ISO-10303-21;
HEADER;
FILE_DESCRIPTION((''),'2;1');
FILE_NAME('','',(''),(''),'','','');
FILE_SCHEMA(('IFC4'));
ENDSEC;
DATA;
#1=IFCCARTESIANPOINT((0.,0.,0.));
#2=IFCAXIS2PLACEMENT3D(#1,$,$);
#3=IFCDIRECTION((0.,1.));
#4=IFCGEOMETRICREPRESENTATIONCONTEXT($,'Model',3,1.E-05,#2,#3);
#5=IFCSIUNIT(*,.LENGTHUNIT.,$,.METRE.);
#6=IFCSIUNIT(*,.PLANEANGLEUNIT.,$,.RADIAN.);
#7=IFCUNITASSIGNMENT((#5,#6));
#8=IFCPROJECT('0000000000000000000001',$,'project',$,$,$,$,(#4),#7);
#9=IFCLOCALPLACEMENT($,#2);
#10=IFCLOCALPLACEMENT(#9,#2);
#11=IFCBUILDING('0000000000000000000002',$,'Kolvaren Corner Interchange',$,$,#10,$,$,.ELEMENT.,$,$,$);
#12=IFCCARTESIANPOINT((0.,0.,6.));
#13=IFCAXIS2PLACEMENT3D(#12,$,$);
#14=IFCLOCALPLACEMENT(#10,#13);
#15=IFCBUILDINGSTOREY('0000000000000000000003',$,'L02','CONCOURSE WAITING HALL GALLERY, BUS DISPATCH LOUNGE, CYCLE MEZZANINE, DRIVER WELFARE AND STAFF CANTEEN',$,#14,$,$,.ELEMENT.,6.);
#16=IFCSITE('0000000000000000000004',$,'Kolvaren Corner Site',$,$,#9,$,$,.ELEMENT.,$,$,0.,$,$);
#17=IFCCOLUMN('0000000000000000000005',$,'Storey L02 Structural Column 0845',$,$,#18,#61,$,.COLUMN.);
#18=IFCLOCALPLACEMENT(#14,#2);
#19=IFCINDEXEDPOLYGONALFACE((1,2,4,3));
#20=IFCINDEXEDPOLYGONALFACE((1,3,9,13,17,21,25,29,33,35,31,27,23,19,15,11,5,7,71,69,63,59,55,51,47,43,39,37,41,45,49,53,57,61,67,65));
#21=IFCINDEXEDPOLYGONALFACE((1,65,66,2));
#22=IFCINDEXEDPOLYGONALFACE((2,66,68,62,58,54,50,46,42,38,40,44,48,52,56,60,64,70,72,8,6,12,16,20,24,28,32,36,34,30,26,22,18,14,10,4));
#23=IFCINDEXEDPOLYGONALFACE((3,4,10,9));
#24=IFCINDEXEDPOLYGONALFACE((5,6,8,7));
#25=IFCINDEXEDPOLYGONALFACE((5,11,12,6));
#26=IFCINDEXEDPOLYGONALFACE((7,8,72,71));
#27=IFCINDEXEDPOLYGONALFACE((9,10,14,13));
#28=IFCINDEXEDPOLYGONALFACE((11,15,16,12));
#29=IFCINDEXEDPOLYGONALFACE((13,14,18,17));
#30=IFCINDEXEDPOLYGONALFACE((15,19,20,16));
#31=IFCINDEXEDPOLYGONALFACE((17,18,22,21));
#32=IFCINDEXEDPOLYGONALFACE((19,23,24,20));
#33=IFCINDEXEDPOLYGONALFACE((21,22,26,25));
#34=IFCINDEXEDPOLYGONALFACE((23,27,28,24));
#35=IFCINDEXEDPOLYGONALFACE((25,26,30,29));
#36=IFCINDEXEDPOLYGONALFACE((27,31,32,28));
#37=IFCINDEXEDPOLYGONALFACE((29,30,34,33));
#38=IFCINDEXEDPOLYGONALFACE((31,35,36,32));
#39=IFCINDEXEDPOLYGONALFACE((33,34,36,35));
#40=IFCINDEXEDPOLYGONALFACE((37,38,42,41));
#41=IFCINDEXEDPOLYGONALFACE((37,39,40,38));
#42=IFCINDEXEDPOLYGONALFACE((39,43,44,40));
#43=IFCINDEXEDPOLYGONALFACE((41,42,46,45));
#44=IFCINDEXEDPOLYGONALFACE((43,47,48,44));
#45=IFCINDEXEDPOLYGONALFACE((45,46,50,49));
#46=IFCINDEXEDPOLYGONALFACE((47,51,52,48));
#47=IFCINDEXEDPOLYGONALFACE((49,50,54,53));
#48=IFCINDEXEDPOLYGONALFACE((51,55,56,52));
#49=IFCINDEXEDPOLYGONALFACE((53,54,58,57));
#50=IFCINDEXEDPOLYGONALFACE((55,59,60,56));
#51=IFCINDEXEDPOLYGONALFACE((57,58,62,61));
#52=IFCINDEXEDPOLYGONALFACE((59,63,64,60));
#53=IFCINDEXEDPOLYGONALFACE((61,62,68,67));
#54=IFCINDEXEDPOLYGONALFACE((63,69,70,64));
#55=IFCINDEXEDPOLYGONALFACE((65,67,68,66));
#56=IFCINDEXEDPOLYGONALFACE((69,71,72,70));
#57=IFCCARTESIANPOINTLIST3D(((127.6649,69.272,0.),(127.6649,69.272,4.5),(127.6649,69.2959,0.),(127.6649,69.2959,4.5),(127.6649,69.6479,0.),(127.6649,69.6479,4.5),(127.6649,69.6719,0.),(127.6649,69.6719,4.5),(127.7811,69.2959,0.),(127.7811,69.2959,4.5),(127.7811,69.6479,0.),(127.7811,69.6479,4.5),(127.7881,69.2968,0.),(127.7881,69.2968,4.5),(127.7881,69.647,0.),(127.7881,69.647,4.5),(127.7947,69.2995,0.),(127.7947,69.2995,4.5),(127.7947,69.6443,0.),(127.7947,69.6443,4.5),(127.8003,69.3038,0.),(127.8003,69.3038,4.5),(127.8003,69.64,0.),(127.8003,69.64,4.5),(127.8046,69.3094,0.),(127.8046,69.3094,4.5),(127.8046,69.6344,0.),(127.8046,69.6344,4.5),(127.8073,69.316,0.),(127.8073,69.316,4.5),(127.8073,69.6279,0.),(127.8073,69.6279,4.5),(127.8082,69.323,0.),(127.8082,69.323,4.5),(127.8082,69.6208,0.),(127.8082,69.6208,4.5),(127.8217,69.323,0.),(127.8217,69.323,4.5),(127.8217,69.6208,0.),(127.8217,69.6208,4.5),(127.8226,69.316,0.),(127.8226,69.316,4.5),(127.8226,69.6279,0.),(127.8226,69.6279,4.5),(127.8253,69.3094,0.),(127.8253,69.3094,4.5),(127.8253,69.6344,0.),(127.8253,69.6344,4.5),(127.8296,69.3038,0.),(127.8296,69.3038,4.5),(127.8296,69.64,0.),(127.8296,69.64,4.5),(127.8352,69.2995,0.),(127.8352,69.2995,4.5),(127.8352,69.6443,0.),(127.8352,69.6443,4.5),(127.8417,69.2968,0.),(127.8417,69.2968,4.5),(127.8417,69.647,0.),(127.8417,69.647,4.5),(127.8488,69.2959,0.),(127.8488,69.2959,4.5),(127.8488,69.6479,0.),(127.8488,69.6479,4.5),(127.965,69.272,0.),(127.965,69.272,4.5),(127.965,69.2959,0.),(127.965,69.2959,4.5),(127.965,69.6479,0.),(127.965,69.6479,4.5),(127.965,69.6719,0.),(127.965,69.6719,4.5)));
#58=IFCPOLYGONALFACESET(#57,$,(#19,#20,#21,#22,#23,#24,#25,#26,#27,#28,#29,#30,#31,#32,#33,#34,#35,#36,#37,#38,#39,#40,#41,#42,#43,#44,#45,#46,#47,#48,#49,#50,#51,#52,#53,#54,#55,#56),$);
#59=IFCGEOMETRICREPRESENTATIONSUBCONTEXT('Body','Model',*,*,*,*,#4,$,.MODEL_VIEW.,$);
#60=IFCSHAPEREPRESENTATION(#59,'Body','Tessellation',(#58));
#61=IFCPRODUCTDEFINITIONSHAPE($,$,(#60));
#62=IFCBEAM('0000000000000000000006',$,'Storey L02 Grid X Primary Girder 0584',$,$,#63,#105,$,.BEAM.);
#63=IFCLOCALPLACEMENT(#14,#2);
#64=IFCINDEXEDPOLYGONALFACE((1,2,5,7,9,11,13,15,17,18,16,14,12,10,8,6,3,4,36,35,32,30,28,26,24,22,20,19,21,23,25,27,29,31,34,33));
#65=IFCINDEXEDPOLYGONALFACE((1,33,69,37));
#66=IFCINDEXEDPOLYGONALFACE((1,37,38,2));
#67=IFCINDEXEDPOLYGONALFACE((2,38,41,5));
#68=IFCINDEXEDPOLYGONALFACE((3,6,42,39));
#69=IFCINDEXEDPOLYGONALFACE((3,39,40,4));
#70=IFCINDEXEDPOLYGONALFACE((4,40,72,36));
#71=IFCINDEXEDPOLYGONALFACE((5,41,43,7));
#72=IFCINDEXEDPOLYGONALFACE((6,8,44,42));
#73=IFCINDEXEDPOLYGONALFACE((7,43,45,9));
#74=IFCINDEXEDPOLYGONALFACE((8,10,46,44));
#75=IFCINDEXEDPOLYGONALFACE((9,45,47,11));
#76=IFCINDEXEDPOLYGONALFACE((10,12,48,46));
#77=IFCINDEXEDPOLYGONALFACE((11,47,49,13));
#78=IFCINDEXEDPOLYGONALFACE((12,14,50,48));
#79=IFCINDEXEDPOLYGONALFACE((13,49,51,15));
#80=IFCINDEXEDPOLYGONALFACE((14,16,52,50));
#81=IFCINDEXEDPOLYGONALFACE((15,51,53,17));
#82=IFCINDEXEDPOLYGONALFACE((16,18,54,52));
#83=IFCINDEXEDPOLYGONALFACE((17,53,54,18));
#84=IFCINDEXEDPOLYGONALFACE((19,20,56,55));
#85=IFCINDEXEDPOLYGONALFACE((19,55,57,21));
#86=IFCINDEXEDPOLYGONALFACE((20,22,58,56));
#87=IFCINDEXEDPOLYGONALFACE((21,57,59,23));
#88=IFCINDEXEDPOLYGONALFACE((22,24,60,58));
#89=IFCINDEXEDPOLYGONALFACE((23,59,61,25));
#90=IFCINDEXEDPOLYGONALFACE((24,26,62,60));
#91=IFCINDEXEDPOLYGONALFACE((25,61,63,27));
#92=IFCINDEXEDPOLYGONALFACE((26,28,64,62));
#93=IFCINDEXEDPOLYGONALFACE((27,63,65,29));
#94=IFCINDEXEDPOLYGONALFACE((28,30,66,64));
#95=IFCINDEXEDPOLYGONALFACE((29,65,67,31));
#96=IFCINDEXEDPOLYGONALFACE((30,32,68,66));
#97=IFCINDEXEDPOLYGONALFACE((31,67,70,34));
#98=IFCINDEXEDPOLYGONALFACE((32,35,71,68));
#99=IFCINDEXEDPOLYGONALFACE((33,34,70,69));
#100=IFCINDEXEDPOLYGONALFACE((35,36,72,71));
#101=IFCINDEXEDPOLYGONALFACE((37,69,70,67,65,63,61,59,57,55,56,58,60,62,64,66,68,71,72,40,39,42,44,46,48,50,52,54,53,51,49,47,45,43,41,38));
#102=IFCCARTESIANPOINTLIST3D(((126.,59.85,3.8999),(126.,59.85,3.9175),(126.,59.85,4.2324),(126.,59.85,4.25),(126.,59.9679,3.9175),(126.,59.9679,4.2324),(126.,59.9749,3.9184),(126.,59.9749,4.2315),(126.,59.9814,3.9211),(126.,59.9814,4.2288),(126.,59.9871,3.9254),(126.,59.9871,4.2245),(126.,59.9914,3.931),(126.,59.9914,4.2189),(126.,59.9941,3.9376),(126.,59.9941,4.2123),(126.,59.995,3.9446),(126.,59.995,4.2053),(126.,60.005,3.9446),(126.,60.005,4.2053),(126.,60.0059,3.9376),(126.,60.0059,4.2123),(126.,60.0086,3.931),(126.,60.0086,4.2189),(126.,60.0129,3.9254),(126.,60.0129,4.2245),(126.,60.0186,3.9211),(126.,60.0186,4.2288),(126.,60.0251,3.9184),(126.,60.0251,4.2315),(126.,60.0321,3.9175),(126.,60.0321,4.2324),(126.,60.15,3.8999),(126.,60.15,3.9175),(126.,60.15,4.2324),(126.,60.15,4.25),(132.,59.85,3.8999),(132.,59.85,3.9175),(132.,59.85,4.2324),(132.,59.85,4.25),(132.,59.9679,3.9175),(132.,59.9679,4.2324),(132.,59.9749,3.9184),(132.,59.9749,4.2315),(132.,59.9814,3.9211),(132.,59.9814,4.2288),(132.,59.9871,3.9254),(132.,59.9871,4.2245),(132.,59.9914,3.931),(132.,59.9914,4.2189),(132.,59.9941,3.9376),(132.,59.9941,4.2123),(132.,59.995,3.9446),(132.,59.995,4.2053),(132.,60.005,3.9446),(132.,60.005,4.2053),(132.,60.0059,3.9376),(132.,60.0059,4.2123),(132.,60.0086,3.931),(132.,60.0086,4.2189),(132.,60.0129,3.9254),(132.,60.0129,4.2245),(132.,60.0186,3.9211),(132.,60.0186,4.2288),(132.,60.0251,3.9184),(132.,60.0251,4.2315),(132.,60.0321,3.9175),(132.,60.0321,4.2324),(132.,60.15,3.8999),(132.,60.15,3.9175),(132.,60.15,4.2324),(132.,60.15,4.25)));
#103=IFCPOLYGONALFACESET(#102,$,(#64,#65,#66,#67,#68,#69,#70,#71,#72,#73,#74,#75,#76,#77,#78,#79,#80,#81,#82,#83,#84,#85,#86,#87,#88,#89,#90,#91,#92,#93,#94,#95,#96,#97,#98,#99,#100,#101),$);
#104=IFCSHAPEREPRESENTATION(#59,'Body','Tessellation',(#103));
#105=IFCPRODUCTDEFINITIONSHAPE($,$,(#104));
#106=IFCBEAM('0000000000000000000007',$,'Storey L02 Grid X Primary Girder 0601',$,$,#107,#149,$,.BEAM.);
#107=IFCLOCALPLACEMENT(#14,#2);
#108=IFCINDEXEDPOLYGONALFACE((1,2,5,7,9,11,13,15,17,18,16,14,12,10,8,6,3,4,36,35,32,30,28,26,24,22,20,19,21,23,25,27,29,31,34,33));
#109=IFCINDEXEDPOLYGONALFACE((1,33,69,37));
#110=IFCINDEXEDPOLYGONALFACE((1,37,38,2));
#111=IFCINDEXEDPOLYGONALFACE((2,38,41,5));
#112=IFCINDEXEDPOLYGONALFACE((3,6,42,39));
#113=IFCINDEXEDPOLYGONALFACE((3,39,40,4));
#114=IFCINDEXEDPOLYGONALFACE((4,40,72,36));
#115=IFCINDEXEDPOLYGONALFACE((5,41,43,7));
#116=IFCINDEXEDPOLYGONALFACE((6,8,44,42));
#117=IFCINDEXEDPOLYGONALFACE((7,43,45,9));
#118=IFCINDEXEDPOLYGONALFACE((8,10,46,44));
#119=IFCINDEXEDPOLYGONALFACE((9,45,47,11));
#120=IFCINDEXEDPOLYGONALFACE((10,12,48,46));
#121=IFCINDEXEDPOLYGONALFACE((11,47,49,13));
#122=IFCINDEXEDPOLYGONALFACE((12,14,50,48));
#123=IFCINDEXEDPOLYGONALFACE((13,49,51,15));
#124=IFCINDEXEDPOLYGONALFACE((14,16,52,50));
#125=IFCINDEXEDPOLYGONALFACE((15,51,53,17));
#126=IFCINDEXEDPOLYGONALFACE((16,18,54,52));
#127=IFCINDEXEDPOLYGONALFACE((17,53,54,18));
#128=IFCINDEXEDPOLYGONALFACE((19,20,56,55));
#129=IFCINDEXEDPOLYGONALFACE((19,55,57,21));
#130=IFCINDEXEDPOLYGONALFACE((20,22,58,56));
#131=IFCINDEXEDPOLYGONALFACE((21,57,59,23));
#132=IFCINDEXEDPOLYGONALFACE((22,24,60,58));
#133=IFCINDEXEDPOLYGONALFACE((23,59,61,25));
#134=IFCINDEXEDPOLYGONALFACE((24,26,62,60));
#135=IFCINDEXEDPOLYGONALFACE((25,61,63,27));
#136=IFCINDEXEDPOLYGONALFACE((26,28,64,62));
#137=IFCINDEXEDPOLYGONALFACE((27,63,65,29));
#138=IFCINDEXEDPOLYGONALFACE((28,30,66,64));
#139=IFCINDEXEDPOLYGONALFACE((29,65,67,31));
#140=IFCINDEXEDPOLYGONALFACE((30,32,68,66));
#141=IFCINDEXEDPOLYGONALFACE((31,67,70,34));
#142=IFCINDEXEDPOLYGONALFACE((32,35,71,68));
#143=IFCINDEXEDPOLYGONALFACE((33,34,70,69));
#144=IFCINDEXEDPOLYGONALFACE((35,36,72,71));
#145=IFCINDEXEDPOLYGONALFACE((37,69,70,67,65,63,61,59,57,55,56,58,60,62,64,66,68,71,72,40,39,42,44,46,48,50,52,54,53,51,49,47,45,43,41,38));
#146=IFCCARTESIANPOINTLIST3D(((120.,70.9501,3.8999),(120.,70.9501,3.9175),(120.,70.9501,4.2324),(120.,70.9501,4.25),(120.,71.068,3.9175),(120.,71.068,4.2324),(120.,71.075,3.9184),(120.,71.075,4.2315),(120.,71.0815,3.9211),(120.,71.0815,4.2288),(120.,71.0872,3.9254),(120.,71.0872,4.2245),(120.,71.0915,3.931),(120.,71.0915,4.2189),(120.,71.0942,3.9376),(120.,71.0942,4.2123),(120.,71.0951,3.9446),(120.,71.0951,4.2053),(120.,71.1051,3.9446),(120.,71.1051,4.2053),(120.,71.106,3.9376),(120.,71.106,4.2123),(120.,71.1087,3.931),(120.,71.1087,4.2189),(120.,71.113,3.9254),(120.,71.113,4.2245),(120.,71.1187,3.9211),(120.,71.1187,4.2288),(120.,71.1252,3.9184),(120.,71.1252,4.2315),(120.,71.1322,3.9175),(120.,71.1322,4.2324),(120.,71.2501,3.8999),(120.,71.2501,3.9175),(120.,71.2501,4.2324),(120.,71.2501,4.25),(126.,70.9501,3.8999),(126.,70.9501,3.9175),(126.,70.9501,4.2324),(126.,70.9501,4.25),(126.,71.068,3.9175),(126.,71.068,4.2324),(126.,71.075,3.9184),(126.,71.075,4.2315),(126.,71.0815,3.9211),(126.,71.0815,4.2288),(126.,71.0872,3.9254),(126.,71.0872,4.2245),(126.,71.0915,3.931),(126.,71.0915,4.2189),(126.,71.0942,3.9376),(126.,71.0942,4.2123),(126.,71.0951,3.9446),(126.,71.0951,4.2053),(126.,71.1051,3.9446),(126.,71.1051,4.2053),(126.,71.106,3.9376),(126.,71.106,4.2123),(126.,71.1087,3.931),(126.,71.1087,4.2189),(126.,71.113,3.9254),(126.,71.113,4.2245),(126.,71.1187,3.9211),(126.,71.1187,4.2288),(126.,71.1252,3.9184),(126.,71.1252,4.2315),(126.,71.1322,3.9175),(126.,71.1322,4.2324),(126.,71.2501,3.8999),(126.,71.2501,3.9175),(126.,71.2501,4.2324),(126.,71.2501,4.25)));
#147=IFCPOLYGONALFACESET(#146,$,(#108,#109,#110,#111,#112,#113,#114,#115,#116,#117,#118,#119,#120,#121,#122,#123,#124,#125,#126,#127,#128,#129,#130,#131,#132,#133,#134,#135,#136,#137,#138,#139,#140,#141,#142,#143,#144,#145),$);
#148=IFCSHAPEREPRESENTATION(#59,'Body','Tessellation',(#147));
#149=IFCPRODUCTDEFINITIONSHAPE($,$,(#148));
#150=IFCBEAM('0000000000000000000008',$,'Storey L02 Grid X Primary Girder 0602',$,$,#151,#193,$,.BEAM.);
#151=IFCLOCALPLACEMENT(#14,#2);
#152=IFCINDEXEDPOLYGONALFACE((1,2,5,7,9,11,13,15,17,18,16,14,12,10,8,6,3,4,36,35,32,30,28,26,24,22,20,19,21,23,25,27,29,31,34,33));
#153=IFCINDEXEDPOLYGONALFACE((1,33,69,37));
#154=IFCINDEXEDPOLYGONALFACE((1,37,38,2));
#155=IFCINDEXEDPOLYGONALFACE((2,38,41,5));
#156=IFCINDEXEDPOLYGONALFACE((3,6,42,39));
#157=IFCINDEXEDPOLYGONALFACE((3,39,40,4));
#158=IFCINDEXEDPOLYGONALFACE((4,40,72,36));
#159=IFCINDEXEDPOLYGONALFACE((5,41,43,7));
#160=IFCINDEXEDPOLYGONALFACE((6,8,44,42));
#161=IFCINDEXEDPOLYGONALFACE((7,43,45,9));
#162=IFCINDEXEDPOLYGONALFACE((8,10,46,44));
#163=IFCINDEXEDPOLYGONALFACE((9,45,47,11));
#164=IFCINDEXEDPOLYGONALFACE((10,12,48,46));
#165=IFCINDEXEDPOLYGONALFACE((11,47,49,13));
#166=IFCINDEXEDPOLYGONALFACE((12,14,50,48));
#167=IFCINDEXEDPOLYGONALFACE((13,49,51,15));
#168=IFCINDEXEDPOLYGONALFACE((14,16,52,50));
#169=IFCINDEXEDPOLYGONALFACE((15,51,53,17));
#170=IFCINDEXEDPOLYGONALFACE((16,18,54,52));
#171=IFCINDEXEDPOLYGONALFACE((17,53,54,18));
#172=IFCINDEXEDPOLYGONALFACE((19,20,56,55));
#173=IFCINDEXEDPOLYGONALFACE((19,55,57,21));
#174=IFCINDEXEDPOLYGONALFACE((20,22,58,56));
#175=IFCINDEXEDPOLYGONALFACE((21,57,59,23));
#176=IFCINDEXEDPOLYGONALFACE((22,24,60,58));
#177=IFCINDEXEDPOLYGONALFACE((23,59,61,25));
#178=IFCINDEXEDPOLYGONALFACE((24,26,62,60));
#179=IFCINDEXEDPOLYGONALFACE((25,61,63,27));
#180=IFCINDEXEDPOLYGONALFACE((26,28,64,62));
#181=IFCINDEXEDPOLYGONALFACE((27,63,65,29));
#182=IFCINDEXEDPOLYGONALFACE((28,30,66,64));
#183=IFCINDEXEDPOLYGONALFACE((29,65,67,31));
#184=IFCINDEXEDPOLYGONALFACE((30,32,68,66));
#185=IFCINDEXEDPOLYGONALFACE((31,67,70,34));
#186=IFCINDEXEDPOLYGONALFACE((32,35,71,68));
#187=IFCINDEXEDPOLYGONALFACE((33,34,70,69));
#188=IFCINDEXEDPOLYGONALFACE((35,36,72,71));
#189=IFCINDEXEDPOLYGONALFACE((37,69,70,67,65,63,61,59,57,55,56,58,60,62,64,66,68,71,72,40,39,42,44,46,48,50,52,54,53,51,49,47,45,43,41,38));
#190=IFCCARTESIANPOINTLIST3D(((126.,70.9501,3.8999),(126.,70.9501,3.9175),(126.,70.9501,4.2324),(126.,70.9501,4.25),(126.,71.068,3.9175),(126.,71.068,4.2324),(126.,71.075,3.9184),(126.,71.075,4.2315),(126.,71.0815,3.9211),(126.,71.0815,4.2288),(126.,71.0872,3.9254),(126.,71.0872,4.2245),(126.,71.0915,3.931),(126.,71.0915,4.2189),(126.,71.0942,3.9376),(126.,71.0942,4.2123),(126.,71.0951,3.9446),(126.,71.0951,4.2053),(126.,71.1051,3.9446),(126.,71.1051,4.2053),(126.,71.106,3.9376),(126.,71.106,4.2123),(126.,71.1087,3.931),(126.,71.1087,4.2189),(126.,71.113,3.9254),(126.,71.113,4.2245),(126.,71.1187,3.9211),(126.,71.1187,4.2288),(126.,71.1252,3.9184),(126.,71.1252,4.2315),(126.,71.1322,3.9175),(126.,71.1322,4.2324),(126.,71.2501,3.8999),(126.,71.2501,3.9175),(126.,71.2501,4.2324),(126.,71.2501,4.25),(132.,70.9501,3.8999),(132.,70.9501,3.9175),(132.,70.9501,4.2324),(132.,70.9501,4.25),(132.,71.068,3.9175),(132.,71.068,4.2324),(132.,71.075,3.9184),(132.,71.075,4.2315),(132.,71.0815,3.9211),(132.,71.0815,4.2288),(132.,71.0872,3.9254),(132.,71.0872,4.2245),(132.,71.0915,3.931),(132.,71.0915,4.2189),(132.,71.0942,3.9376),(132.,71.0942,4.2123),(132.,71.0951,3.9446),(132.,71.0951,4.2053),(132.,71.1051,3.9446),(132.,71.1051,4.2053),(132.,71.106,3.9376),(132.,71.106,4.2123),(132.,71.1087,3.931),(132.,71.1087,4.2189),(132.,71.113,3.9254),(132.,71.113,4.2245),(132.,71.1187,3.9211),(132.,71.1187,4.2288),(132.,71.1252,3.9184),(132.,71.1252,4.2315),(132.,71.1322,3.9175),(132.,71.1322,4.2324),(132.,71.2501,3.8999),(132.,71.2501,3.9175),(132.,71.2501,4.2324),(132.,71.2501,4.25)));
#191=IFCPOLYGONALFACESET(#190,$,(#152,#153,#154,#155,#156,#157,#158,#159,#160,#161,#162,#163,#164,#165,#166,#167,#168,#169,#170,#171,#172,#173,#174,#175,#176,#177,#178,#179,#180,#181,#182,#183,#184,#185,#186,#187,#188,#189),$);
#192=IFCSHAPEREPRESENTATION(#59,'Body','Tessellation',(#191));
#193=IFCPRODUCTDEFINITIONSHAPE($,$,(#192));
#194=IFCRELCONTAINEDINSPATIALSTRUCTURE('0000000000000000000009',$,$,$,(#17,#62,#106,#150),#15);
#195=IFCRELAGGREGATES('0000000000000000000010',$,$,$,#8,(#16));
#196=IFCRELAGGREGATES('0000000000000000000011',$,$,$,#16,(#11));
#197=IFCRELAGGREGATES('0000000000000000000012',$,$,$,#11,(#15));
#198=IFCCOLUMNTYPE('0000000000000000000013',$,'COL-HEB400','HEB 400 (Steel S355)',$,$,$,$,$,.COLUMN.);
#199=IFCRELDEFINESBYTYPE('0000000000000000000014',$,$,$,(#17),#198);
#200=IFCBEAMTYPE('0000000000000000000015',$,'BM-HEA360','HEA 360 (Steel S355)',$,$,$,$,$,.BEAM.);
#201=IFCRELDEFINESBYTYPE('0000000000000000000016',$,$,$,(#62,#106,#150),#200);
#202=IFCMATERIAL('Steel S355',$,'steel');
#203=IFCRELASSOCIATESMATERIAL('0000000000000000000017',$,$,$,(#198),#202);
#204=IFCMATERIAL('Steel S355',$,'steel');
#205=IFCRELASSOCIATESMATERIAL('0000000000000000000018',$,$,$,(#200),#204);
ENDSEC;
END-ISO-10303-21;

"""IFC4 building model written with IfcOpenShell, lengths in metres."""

from ifc_helpers import new_model, si_unit, direction, frame, origin, origin_2d, place, context, subcontext, project, spatial, i_section, extrude, material, material_profile, profile_set, type_object, element, save


model = new_model("IFC4")

# Units and contexts
model_context = context("Model", 3, precision=1e-05, world=origin(), true_north=direction((0.0, 1.0)))
body_context = subcontext(model_context, "Body", "Model", "MODEL_VIEW")
ifc_project = project(units=[si_unit("LENGTHUNIT", "METRE"), si_unit("PLANEANGLEUNIT", "RADIAN")], contexts=[model_context])

# Site, building, storey
site_placement = place(None, origin())
site = spatial("IfcSite", under=ifc_project, at=site_placement, Name="Kolvaren Corner Site", CompositionType="ELEMENT", RefElevation=0.0)
building_placement = place(site_placement, origin())
building = spatial("IfcBuilding", under=site, at=building_placement, Name="Kolvaren Corner Interchange", CompositionType="ELEMENT")
storey_placement = place(building_placement, frame((0.0, 0.0, 6.0)))
storey = spatial("IfcBuildingStorey", under=building, at=storey_placement, Name="L02", Description="CONCOURSE WAITING HALL GALLERY, BUS DISPATCH LOUNGE, CYCLE MEZZANINE, DRIVER WELFARE AND STAFF CANTEEN", CompositionType="ELEMENT", Elevation=6.0)

# Column
ifc_material_1 = material(Name="Steel S355", Category="steel")
ifc_material_profile_1 = material_profile(ifc_material_1, i_section(OverallWidth=0.3, OverallDepth=0.3999, WebThickness=0.0134, FlangeThickness=0.0239, FilletRadius=0.0271, at=origin_2d()), Name="HEB 400")
ifc_profile_set_1 = profile_set([ifc_material_profile_1], Name="Steel S355")
column_type_1 = type_object("IfcColumnType", Name="COL-HEB400", Description="HEB 400 (Steel S355)", PredefinedType="COLUMN", material=ifc_profile_set_1)
for number, where, z_axis, x_axis, name in (
    (1, (127.8149, 69.4719, 0.0), (0.0, 0.0, 1.0), (1.0, 0.0, 0.0), "Storey L02 Structural Column 0845"),
):
    element("IfcColumn", number, at=place(storey_placement, frame(where, z_axis=z_axis, x_axis=x_axis)), inside=storey, type_object=column_type_1, Name=name, PredefinedType="COLUMN", context=body_context, shape_type="SweptSolid", body=[
        extrude(i_section(OverallWidth=0.3, OverallDepth=0.3999, WebThickness=0.0134, FlangeThickness=0.0239, FilletRadius=0.0271, at=origin_2d()), origin(), (0.0, 0.0, 1.0), 4.5),
    ])

# Beams
ifc_material_2 = material(Name="Steel S355", Category="steel")
ifc_material_profile_2 = material_profile(ifc_material_2, i_section(OverallWidth=0.3, OverallDepth=0.3501, WebThickness=0.01, FlangeThickness=0.0176, FilletRadius=0.0271, at=origin_2d()), Name="HEA 360")
ifc_profile_set_2 = profile_set([ifc_material_profile_2], Name="Steel S355")
beam_type_1 = type_object("IfcBeamType", Name="BM-HEA360", Description="HEA 360 (Steel S355)", PredefinedType="BEAM", material=ifc_profile_set_2)
for number, where, z_axis, x_axis, name in (
    (2, (126.0, 60.0, 4.075), (1.0, 0.0, 0.0), (0.0, 1.0, 0.0), "Storey L02 Grid X Primary Girder 0584"),
    (3, (120.0, 71.1001, 4.075), (1.0, 0.0, 0.0), (0.0, 1.0, 0.0), "Storey L02 Grid X Primary Girder 0601"),
    (4, (126.0, 71.1001, 4.075), (1.0, 0.0, 0.0), (0.0, 1.0, 0.0), "Storey L02 Grid X Primary Girder 0602"),
):
    element("IfcBeam", number, at=place(storey_placement, frame(where, z_axis=z_axis, x_axis=x_axis)), inside=storey, type_object=beam_type_1, Name=name, PredefinedType="BEAM", context=body_context, shape_type="SweptSolid", body=[
        extrude(i_section(OverallWidth=0.3, OverallDepth=0.3501, WebThickness=0.01, FlangeThickness=0.0176, FilletRadius=0.0271, at=origin_2d()), origin(), (0.0, 0.0, 1.0), 6.0),
    ])

save(model, "model.ifc")
